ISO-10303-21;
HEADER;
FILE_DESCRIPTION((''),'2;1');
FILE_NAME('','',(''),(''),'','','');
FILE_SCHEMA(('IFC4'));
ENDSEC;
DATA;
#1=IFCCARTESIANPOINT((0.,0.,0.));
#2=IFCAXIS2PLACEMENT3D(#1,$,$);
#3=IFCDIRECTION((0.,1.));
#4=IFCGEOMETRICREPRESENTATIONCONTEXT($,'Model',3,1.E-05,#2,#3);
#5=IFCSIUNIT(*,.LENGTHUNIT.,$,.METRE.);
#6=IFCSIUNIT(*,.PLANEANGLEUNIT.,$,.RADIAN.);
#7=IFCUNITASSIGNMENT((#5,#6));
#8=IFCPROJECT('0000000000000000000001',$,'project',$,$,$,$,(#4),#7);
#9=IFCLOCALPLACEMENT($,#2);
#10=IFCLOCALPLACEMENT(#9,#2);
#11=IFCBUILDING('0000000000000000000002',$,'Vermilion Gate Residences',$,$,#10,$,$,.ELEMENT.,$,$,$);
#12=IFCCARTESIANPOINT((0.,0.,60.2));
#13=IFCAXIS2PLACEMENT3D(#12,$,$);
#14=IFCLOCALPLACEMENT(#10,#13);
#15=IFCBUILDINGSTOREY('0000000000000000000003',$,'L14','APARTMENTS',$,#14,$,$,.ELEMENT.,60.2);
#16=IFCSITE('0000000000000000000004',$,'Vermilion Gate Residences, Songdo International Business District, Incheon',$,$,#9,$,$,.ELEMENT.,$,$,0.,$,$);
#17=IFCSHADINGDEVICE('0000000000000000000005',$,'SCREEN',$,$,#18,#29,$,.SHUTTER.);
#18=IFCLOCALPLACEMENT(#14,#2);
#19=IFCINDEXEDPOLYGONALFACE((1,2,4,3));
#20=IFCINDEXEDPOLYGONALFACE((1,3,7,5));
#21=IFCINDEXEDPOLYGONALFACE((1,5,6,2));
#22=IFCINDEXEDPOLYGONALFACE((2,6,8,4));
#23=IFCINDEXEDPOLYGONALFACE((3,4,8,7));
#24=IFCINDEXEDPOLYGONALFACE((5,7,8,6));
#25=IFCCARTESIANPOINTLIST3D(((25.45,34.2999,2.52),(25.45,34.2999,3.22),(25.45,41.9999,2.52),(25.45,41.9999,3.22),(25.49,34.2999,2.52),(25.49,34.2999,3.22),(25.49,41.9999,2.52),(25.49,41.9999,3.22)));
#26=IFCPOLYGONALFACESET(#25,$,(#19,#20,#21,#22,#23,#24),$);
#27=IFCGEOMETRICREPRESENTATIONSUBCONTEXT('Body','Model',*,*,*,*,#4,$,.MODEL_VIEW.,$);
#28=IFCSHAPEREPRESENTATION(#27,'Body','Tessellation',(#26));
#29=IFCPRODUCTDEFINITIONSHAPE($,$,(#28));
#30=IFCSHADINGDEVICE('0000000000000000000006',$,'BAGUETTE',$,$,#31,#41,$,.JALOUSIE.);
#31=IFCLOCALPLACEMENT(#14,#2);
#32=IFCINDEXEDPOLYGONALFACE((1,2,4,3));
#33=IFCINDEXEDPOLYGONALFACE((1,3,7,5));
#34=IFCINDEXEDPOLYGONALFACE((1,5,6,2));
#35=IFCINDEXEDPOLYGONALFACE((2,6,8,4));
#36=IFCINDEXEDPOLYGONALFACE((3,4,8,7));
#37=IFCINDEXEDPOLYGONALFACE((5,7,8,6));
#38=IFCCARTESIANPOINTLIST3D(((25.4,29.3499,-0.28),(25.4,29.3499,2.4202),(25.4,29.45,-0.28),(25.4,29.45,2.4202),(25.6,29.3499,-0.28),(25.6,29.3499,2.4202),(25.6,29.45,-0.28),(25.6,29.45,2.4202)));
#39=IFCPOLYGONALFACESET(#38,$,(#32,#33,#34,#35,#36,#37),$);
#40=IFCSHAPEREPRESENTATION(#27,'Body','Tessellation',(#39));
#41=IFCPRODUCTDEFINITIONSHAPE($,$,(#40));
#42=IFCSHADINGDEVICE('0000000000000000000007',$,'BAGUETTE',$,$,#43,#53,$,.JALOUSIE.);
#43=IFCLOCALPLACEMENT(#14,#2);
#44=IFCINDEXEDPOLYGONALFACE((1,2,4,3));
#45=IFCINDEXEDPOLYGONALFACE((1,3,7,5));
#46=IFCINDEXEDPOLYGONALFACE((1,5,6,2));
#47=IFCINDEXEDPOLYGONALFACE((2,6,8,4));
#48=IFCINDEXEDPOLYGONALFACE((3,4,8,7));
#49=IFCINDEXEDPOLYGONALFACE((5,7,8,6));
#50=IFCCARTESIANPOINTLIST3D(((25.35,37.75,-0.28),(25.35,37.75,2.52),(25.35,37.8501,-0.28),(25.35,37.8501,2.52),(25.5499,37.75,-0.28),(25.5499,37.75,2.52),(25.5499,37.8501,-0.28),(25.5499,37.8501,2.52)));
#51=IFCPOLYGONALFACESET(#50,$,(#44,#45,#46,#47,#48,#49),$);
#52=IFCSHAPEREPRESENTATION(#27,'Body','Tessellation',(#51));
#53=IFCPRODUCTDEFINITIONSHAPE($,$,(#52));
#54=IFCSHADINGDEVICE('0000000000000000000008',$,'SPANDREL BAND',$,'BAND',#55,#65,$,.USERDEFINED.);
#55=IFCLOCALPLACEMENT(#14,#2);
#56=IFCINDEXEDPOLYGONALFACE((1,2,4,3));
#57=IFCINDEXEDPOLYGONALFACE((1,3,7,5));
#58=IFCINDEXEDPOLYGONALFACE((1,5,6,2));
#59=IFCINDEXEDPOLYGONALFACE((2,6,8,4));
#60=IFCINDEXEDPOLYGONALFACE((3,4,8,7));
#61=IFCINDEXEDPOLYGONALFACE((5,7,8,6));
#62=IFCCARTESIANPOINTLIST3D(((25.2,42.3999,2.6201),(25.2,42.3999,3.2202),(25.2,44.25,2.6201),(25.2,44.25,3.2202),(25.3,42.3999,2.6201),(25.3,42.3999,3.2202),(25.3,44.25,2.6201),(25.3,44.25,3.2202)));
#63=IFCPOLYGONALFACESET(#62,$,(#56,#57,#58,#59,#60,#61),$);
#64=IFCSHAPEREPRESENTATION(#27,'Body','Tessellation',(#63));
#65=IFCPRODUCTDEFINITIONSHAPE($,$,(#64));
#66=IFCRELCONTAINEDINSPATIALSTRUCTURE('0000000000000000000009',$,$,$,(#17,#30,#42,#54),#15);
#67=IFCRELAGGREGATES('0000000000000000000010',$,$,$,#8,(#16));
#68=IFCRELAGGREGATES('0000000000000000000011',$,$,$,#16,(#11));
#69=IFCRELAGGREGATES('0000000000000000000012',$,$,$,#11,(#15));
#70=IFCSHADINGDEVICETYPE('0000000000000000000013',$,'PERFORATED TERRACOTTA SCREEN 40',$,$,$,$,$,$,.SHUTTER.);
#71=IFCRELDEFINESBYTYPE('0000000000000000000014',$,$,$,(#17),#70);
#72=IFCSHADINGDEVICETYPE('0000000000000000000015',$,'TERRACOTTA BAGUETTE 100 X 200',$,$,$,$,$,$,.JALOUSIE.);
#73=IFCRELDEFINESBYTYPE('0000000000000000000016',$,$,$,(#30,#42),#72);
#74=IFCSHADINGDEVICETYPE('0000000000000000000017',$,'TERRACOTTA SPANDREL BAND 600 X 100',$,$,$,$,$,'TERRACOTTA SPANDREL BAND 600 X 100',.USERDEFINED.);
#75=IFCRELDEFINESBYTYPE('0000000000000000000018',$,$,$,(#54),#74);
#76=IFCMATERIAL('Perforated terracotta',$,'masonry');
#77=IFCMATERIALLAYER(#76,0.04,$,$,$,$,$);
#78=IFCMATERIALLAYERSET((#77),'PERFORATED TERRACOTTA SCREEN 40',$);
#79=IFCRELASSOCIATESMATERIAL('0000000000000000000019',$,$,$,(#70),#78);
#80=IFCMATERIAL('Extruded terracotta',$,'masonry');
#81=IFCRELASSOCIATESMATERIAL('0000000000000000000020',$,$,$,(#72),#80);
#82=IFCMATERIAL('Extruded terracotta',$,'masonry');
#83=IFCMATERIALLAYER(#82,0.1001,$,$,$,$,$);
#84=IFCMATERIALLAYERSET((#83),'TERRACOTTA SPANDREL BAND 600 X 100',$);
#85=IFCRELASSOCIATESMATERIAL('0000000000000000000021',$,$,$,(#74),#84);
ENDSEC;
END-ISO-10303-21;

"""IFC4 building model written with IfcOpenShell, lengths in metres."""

from ifc_helpers import new_model, si_unit, direction, frame, origin, origin_2d, place, context, subcontext, project, spatial, rectangle, extrude, material, layer, layer_set, material_profile, profile_set, type_object, element, save


model = new_model("IFC4")

# Units and contexts
model_context = context("Model", 3, precision=1e-05, world=origin(), true_north=direction((0.0, 1.0)))
body_context = subcontext(model_context, "Body", "Model", "MODEL_VIEW")
ifc_project = project(units=[si_unit("LENGTHUNIT", "METRE"), si_unit("PLANEANGLEUNIT", "RADIAN")], contexts=[model_context])

# Site, building, storey
site_placement = place(None, origin())
site = spatial("IfcSite", under=ifc_project, at=site_placement, Name="Vermilion Gate Residences, Songdo International Business District, Incheon", CompositionType="ELEMENT", RefElevation=0.0)
building_placement = place(site_placement, origin())
building = spatial("IfcBuilding", under=site, at=building_placement, Name="Vermilion Gate Residences", CompositionType="ELEMENT")
storey_placement = place(building_placement, frame((0.0, 0.0, 60.2)))
storey = spatial("IfcBuildingStorey", under=building, at=storey_placement, Name="L14", Description="APARTMENTS", CompositionType="ELEMENT", Elevation=60.2)

# Shading device
ifc_material_1 = material(Name="Perforated terracotta", Category="masonry")
ifc_layer_1 = layer(ifc_material_1, 0.04)
ifc_layer_set_1 = layer_set([ifc_layer_1], Name="PERFORATED TERRACOTTA SCREEN 40")
shading_device_type_1 = type_object("IfcShadingDeviceType", Name="PERFORATED TERRACOTTA SCREEN 40", PredefinedType="SHUTTER", material=ifc_layer_set_1)
shading_device_1_placement = place(storey_placement, frame((25.47, 38.1499, 2.52), z_axis=(0.0, 0.0, 1.0), x_axis=(0.0, 1.0, 0.0)))
element("IfcShadingDevice", 1, at=shading_device_1_placement, inside=storey, type_object=shading_device_type_1, Name="SCREEN", PredefinedType="SHUTTER", context=body_context, shape_type="SweptSolid", body=[
    extrude(rectangle(XDim=7.7, YDim=0.04, at=origin_2d()), origin(), (0.0, 0.0, 1.0), 0.7),
])

# Shading devices
ifc_material_2 = material(Name="Extruded terracotta", Category="masonry")
ifc_material_profile_1 = material_profile(ifc_material_2, rectangle(XDim=0.2, YDim=0.1001, at=origin_2d()), Name="BAGUETTE 100 X 200")
ifc_profile_set_1 = profile_set([ifc_material_profile_1], Name="Extruded terracotta")
shading_device_type_2 = type_object("IfcShadingDeviceType", Name="TERRACOTTA BAGUETTE 100 X 200", PredefinedType="JALOUSIE", material=ifc_profile_set_1)
shading_device_2_placement = place(storey_placement, frame((25.5, 29.3999, -0.28), z_axis=(0.0, 0.0, 1.0), x_axis=(-1.0, 0.0, 0.0)))
element("IfcShadingDevice", 2, at=shading_device_2_placement, inside=storey, type_object=shading_device_type_2, Name="BAGUETTE", PredefinedType="JALOUSIE", context=body_context, shape_type="SweptSolid", body=[
    extrude(rectangle(XDim=0.2, YDim=0.1001, at=origin_2d()), origin(), (0.0, 0.0, 1.0), 2.7002),
])
shading_device_3_placement = place(storey_placement, frame((25.45, 37.8, -0.28), z_axis=(0.0, 0.0, 1.0), x_axis=(-1.0, 0.0, 0.0)))
element("IfcShadingDevice", 3, at=shading_device_3_placement, inside=storey, type_object=shading_device_type_2, Name="BAGUETTE", PredefinedType="JALOUSIE", context=body_context, shape_type="SweptSolid", body=[
    extrude(rectangle(XDim=0.2, YDim=0.1001, at=origin_2d()), origin(), (0.0, 0.0, 1.0), 2.8),
])
ifc_material_3 = material(Name="Extruded terracotta", Category="masonry")
ifc_layer_2 = layer(ifc_material_3, 0.1001)
ifc_layer_set_2 = layer_set([ifc_layer_2], Name="TERRACOTTA SPANDREL BAND 600 X 100")
shading_device_type_3 = type_object("IfcShadingDeviceType", Name="TERRACOTTA SPANDREL BAND 600 X 100", ElementType="TERRACOTTA SPANDREL BAND 600 X 100", PredefinedType="USERDEFINED", material=ifc_layer_set_2)
shading_device_4_placement = place(storey_placement, frame((25.25, 43.325, 2.6201), z_axis=(0.0, 0.0, 1.0), x_axis=(0.0, 1.0, 0.0)))
element("IfcShadingDevice", 4, at=shading_device_4_placement, inside=storey, type_object=shading_device_type_3, Name="SPANDREL BAND", ObjectType="BAND", PredefinedType="USERDEFINED", context=body_context, shape_type="SweptSolid", body=[
    extrude(rectangle(XDim=1.8501, YDim=0.1001, at=origin_2d()), origin(), (0.0, 0.0, 1.0), 0.6001),
])

save(model, "model.ifc")
